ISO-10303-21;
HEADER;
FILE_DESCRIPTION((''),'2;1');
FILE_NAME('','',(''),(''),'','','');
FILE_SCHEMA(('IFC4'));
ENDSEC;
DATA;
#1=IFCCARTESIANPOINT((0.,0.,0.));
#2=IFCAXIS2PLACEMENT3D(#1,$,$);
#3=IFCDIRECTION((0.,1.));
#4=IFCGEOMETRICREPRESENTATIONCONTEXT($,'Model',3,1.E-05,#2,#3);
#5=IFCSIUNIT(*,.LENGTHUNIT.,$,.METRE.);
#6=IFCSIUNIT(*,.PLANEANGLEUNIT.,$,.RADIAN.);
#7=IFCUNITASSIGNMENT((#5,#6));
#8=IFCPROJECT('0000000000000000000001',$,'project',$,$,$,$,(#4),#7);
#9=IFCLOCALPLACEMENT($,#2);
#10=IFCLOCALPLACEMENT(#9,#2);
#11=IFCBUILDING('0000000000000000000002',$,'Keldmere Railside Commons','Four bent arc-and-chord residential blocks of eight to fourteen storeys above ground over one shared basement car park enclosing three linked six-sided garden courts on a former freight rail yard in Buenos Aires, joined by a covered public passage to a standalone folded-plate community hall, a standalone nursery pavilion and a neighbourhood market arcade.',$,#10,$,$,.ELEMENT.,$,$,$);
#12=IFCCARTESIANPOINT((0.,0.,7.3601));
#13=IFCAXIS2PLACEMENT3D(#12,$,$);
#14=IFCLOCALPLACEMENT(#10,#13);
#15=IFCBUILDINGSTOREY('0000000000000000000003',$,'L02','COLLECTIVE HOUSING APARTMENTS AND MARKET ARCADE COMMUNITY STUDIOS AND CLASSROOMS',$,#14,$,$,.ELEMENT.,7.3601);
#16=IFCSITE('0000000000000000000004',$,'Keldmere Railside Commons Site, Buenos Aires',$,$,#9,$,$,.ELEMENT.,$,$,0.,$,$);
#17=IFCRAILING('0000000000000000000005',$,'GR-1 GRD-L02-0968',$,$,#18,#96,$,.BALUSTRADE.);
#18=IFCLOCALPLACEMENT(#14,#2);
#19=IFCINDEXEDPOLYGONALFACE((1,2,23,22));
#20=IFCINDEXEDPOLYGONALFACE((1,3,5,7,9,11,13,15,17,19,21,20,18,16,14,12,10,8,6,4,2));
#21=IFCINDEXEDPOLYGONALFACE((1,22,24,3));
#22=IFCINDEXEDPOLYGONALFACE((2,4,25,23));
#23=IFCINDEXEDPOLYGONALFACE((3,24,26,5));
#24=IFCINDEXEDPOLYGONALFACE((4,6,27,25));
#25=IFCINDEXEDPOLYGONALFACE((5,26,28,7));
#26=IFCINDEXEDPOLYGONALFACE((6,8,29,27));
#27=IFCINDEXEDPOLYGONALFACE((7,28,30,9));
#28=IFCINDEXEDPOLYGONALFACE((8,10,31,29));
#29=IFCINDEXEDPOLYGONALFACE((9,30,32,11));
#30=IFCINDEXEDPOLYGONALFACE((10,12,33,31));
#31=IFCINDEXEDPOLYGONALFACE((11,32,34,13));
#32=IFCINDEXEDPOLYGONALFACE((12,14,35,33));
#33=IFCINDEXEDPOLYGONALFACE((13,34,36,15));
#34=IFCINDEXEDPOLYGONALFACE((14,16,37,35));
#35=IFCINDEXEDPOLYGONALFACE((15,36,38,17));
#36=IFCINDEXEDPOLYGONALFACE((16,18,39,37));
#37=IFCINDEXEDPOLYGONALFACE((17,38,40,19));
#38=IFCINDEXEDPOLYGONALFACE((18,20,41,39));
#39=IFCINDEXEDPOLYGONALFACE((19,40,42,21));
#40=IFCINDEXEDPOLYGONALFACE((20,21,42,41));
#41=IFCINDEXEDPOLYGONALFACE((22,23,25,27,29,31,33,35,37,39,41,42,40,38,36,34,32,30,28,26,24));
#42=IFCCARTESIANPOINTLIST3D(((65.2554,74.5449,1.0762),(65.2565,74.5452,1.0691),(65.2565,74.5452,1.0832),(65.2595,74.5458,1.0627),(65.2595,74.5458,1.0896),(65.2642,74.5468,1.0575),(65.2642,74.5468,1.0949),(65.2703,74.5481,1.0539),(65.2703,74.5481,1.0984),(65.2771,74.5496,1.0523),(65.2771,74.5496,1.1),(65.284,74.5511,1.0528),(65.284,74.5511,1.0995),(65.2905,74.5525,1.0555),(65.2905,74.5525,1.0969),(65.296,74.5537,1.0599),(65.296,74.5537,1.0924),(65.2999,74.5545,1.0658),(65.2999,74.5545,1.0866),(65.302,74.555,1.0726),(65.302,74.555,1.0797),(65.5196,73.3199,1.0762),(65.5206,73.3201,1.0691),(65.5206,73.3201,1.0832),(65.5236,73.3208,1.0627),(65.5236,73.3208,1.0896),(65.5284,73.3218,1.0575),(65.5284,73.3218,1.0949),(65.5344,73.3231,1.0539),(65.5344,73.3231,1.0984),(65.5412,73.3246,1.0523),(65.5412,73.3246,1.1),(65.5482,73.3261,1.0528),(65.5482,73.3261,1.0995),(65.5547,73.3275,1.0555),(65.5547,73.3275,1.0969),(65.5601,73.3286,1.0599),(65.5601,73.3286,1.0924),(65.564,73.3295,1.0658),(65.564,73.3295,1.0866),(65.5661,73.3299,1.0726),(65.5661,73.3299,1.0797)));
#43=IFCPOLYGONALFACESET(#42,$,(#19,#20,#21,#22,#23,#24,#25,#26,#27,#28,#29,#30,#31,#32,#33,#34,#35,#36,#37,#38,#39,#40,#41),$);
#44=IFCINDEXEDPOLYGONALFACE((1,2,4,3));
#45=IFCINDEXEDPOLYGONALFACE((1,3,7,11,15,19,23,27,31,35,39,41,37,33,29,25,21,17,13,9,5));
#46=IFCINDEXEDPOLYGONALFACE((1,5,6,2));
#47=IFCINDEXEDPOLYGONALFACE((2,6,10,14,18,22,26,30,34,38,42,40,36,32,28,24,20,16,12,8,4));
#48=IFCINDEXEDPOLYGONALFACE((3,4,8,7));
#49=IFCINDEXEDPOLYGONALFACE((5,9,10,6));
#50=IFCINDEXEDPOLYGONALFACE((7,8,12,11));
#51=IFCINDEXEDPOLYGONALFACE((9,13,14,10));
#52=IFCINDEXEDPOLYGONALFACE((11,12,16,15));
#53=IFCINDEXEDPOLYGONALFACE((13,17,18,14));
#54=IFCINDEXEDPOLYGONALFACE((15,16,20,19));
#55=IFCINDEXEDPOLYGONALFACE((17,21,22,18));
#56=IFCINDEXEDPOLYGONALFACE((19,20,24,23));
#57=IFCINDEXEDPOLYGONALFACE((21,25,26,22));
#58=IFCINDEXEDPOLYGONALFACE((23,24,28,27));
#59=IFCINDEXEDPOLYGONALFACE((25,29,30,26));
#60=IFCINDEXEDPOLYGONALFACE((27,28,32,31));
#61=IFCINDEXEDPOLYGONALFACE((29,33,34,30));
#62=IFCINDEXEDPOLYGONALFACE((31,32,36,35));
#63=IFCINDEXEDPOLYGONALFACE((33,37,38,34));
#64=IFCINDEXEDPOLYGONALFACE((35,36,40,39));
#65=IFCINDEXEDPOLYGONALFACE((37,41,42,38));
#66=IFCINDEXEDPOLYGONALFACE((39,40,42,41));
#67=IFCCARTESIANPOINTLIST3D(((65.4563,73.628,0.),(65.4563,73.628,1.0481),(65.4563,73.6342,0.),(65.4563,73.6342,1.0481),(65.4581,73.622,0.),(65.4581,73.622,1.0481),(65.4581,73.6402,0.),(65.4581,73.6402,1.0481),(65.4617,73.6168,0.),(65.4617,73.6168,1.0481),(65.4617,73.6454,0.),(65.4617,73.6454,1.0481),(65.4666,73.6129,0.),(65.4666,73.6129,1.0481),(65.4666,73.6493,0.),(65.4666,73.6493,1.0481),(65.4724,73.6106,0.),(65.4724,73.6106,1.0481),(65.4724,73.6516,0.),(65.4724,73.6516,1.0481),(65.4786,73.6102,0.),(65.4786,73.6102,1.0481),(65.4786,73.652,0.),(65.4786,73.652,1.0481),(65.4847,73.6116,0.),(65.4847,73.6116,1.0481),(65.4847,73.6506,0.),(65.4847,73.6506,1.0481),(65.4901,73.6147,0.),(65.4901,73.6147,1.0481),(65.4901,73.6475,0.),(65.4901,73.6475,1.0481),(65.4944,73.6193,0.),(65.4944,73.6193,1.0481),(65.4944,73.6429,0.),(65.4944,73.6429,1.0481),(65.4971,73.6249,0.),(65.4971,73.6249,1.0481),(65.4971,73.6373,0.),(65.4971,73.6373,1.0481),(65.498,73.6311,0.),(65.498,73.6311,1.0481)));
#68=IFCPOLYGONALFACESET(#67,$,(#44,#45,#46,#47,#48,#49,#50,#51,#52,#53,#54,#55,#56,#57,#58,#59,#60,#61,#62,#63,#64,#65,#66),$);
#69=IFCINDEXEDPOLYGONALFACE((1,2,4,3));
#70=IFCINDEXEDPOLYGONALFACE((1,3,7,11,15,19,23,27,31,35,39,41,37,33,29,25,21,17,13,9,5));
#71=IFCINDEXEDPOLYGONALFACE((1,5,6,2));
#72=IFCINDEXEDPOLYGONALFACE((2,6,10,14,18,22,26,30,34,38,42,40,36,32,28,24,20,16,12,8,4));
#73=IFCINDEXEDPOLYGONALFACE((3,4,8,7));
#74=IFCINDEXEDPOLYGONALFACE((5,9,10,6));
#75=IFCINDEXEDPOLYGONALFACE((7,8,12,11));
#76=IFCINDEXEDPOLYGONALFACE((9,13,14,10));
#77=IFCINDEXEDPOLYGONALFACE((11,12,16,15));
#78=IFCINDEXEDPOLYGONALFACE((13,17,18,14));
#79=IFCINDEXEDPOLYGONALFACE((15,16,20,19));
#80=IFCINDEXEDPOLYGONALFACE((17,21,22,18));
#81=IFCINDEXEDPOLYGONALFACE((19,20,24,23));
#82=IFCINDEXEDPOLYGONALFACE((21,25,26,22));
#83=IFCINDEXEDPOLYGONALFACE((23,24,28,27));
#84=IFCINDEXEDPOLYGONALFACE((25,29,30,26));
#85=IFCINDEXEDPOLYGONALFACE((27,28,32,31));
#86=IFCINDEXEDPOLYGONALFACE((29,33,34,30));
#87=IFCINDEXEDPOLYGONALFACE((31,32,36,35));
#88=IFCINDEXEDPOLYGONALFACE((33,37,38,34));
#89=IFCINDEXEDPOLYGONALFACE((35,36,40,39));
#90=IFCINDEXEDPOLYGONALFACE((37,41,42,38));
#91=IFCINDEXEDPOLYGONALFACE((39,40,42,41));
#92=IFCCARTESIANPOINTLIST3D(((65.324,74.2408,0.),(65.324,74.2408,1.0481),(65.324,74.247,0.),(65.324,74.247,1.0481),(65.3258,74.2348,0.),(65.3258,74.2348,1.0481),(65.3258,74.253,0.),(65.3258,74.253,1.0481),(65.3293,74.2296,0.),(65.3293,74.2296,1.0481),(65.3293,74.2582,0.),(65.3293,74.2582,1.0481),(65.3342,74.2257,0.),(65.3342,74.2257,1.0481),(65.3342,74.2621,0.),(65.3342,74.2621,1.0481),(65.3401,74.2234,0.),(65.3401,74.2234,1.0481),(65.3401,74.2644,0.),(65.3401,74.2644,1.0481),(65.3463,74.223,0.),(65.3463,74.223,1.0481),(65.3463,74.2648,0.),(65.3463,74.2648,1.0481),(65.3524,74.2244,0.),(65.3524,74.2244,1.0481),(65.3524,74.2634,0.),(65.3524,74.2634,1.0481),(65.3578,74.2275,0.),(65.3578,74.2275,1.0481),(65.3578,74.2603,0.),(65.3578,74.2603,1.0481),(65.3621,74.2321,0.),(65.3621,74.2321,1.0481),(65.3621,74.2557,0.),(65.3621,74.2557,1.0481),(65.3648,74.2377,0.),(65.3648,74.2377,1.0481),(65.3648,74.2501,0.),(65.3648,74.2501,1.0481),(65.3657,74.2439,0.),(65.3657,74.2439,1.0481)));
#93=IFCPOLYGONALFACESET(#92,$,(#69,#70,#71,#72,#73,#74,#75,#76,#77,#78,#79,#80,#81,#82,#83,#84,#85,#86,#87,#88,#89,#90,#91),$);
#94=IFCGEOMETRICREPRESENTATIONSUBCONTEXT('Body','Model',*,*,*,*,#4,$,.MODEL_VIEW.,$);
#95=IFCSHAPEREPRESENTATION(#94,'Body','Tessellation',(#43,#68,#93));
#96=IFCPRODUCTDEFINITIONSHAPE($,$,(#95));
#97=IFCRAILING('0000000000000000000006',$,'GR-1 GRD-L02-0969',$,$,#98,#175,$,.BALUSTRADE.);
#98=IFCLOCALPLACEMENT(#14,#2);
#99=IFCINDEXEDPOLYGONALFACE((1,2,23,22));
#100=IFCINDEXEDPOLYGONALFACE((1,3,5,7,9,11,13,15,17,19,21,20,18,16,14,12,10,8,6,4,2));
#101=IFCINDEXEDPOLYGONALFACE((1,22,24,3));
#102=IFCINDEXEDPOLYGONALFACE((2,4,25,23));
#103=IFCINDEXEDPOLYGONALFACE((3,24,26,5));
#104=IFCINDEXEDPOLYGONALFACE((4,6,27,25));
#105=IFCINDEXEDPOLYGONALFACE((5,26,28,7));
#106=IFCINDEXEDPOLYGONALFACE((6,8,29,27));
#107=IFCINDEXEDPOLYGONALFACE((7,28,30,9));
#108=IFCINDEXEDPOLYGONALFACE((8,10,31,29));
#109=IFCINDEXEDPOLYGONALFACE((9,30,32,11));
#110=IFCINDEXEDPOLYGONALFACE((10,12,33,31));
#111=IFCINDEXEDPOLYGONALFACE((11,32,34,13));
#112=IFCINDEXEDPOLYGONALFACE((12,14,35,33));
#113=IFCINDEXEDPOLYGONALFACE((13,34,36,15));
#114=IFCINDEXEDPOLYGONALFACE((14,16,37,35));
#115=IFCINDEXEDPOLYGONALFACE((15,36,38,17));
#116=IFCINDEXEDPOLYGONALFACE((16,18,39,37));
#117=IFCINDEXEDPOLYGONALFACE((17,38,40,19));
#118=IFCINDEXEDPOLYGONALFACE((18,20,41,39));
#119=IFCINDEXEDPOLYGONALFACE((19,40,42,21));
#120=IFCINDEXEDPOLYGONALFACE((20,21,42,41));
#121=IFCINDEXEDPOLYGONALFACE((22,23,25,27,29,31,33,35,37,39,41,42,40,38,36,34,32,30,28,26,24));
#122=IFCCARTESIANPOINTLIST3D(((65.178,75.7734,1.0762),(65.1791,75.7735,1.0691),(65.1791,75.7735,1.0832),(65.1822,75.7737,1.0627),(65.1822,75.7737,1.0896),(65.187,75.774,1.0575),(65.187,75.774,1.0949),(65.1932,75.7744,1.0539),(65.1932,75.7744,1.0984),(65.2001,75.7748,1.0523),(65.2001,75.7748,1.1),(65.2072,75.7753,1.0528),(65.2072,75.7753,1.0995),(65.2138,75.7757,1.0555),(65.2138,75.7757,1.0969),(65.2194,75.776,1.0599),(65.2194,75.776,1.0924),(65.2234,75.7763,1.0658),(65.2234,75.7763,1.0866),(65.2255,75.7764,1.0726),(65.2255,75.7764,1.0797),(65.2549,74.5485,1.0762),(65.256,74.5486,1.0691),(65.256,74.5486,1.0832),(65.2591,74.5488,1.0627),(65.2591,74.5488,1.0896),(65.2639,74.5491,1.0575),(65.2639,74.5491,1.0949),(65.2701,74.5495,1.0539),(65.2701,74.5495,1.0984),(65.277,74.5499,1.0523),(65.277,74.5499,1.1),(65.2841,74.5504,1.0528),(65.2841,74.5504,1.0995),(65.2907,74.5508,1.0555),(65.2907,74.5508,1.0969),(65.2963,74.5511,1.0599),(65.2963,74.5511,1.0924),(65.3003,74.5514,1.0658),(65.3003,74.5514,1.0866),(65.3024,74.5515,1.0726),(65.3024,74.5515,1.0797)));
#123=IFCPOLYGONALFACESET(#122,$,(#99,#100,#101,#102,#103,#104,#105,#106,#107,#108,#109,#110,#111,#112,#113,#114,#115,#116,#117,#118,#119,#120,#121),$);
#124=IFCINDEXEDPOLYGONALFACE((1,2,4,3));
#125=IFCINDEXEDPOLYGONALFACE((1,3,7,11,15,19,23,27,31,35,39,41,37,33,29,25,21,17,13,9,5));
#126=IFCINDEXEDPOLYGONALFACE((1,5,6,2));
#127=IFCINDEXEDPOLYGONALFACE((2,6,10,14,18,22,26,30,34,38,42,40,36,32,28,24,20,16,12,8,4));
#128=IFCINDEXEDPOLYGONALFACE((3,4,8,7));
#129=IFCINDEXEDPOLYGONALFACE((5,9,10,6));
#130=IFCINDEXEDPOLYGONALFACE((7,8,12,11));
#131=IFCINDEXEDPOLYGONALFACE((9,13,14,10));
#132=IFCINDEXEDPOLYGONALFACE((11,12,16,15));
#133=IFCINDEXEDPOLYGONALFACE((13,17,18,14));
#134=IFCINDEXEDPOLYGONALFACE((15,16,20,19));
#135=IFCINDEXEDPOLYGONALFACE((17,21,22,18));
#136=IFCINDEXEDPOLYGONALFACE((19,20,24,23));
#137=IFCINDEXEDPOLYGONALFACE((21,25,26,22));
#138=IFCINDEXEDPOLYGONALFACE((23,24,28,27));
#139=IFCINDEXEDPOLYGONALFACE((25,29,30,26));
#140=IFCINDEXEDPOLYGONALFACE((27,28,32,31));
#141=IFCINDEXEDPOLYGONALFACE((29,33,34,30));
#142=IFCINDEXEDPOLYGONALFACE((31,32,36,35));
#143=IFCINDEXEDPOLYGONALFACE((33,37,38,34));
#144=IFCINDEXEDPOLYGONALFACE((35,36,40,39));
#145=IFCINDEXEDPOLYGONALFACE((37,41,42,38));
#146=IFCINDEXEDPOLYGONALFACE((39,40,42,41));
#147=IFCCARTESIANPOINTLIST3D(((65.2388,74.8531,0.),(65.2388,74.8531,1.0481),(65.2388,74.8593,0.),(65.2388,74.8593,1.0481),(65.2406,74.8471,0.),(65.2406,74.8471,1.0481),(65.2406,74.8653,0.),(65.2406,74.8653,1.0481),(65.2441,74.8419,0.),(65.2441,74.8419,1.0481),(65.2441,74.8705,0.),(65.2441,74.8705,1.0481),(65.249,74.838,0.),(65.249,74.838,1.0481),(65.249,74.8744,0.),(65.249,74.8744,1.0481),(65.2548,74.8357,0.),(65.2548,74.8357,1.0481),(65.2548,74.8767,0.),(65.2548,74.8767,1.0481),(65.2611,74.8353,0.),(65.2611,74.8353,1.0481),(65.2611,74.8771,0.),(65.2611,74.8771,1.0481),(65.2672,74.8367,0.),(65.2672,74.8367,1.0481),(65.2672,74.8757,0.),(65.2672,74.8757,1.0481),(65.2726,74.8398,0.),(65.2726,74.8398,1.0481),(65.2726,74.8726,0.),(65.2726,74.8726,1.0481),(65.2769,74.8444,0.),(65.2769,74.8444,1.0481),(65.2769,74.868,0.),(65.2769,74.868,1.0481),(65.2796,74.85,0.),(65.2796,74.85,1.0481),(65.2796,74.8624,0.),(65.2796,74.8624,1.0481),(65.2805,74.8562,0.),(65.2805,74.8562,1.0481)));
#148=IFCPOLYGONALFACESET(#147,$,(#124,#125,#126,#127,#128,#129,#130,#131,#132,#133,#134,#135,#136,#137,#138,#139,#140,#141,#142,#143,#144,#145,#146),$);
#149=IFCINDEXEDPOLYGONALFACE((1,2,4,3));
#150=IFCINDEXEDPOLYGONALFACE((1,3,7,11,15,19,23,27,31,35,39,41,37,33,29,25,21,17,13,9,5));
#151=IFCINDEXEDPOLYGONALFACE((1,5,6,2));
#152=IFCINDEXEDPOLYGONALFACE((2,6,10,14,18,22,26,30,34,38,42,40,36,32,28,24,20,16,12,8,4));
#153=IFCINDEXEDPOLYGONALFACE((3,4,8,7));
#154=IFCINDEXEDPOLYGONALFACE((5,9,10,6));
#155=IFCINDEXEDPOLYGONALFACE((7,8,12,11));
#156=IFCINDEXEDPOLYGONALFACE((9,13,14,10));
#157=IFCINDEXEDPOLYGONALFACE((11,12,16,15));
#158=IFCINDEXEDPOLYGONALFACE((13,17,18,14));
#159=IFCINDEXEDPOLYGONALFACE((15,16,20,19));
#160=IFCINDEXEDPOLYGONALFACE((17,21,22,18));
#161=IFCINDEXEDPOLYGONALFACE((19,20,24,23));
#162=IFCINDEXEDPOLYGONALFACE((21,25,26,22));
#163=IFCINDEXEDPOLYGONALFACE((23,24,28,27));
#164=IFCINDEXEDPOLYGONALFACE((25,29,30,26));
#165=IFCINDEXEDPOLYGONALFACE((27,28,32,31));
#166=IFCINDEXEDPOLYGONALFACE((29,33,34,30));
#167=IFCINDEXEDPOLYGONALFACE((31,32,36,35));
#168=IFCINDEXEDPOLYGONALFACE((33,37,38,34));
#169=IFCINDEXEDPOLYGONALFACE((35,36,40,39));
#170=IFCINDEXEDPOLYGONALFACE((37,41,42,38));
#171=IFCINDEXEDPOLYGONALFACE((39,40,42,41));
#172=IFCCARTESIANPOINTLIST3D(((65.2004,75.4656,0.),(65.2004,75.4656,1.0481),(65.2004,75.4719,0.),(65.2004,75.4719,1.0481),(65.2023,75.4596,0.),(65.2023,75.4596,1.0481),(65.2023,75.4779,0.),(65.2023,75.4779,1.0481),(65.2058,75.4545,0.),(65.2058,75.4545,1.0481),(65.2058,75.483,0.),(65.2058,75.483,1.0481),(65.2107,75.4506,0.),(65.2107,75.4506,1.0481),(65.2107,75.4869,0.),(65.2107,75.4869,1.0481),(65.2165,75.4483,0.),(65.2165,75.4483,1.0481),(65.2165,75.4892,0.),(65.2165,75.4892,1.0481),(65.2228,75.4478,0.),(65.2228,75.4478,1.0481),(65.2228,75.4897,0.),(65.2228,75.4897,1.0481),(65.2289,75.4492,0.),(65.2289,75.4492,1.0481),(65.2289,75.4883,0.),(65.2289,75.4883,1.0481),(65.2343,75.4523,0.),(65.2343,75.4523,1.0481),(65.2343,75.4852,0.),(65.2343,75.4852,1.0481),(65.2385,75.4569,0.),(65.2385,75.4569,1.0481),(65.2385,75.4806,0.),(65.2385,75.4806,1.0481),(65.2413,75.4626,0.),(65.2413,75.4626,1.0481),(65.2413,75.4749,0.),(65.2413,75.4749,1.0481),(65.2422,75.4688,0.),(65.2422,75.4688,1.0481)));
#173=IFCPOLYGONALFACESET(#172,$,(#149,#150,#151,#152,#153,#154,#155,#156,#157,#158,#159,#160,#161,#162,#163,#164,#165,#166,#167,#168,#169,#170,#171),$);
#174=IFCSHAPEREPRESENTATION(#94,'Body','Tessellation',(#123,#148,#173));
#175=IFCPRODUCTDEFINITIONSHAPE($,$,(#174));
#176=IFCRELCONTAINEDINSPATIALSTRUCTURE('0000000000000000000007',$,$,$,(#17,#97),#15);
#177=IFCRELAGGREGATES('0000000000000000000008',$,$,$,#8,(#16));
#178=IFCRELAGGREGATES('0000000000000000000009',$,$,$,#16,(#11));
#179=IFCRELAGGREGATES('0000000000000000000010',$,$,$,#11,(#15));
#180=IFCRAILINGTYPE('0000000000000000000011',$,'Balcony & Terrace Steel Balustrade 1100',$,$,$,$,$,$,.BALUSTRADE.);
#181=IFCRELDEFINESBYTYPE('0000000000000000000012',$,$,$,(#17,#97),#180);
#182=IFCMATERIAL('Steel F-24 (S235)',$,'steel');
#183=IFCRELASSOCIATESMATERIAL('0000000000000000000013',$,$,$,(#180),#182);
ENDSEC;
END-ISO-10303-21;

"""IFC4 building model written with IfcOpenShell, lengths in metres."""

from ifc_helpers import new_model, si_unit, direction, frame, origin, origin_2d, place, context, subcontext, project, spatial, circle, extrude, material, type_object, element, save


model = new_model("IFC4")

# Units and contexts
model_context = context("Model", 3, precision=1e-05, world=origin(), true_north=direction((0.0, 1.0)))
body_context = subcontext(model_context, "Body", "Model", "MODEL_VIEW")
ifc_project = project(units=[si_unit("LENGTHUNIT", "METRE"), si_unit("PLANEANGLEUNIT", "RADIAN")], contexts=[model_context])

# Site, building, storey
site_placement = place(None, origin())
site = spatial("IfcSite", under=ifc_project, at=site_placement, Name="Keldmere Railside Commons Site, Buenos Aires", CompositionType="ELEMENT", RefElevation=0.0)
building_placement = place(site_placement, origin())
building = spatial("IfcBuilding", under=site, at=building_placement, Name="Keldmere Railside Commons", Description="Four bent arc-and-chord residential blocks of eight to fourteen storeys above ground over one shared basement car park enclosing three linked six-sided garden courts on a former freight rail yard in Buenos Aires, joined by a covered public passage to a standalone folded-plate community hall, a standalone nursery pavilion and a neighbourhood market arcade.", CompositionType="ELEMENT")
storey_placement = place(building_placement, frame((0.0, 0.0, 7.3601)))
storey = spatial("IfcBuildingStorey", under=building, at=storey_placement, Name="L02", Description="COLLECTIVE HOUSING APARTMENTS AND MARKET ARCADE COMMUNITY STUDIOS AND CLASSROOMS", CompositionType="ELEMENT", Elevation=7.3601)

# Railings
ifc_material_1 = material(Name="Steel F-24 (S235)", Category="steel")
railing_type = type_object("IfcRailingType", Name="Balcony & Terrace Steel Balustrade 1100", PredefinedType="BALUSTRADE", material=ifc_material_1)
railing_1_placement = place(storey_placement, frame((65.543, 73.325, 0.0)))
element("IfcRailing", 1, at=railing_1_placement, inside=storey, type_object=railing_type, Name="GR-1 GRD-L02-0968", PredefinedType="BALUSTRADE", context=body_context, shape_type="SweptSolid", body=[
    extrude(circle(Radius=0.0239, at=origin_2d()), frame((0.0, 0.0, 1.0762), z_axis=(-0.210779, 0.977534, 0.0), x_axis=(-0.977534, -0.210779, 0.0)), (0.0, 0.0, 1.0), 1.2532),
    extrude(circle(Radius=0.021, at=origin_2d()), frame((-0.0659, 0.3062, 0.0)), (0.0, 0.0, 1.0), 1.0481),
    extrude(circle(Radius=0.021, at=origin_2d()), frame((-0.1982, 0.9189, 0.0)), (0.0, 0.0, 1.0), 1.0481),
])
railing_2_placement = place(storey_placement, frame((65.2788, 74.55, 0.0)))
element("IfcRailing", 2, at=railing_2_placement, inside=storey, type_object=railing_type, Name="GR-1 GRD-L02-0969", PredefinedType="BALUSTRADE", context=body_context, shape_type="SweptSolid", body=[
    extrude(circle(Radius=0.0239, at=origin_2d()), frame((0.0, 0.0, 1.0762), z_axis=(-0.062663, 0.998035, 0.0), x_axis=(-0.998035, -0.062663, 0.0)), (0.0, 0.0, 1.0), 1.2273),
    extrude(circle(Radius=0.021, at=origin_2d()), frame((-0.0193, 0.3062, 0.0)), (0.0, 0.0, 1.0), 1.0481),
    extrude(circle(Radius=0.021, at=origin_2d()), frame((-0.0576, 0.9187, 0.0)), (0.0, 0.0, 1.0), 1.0481),
])

save(model, "model.ifc")
